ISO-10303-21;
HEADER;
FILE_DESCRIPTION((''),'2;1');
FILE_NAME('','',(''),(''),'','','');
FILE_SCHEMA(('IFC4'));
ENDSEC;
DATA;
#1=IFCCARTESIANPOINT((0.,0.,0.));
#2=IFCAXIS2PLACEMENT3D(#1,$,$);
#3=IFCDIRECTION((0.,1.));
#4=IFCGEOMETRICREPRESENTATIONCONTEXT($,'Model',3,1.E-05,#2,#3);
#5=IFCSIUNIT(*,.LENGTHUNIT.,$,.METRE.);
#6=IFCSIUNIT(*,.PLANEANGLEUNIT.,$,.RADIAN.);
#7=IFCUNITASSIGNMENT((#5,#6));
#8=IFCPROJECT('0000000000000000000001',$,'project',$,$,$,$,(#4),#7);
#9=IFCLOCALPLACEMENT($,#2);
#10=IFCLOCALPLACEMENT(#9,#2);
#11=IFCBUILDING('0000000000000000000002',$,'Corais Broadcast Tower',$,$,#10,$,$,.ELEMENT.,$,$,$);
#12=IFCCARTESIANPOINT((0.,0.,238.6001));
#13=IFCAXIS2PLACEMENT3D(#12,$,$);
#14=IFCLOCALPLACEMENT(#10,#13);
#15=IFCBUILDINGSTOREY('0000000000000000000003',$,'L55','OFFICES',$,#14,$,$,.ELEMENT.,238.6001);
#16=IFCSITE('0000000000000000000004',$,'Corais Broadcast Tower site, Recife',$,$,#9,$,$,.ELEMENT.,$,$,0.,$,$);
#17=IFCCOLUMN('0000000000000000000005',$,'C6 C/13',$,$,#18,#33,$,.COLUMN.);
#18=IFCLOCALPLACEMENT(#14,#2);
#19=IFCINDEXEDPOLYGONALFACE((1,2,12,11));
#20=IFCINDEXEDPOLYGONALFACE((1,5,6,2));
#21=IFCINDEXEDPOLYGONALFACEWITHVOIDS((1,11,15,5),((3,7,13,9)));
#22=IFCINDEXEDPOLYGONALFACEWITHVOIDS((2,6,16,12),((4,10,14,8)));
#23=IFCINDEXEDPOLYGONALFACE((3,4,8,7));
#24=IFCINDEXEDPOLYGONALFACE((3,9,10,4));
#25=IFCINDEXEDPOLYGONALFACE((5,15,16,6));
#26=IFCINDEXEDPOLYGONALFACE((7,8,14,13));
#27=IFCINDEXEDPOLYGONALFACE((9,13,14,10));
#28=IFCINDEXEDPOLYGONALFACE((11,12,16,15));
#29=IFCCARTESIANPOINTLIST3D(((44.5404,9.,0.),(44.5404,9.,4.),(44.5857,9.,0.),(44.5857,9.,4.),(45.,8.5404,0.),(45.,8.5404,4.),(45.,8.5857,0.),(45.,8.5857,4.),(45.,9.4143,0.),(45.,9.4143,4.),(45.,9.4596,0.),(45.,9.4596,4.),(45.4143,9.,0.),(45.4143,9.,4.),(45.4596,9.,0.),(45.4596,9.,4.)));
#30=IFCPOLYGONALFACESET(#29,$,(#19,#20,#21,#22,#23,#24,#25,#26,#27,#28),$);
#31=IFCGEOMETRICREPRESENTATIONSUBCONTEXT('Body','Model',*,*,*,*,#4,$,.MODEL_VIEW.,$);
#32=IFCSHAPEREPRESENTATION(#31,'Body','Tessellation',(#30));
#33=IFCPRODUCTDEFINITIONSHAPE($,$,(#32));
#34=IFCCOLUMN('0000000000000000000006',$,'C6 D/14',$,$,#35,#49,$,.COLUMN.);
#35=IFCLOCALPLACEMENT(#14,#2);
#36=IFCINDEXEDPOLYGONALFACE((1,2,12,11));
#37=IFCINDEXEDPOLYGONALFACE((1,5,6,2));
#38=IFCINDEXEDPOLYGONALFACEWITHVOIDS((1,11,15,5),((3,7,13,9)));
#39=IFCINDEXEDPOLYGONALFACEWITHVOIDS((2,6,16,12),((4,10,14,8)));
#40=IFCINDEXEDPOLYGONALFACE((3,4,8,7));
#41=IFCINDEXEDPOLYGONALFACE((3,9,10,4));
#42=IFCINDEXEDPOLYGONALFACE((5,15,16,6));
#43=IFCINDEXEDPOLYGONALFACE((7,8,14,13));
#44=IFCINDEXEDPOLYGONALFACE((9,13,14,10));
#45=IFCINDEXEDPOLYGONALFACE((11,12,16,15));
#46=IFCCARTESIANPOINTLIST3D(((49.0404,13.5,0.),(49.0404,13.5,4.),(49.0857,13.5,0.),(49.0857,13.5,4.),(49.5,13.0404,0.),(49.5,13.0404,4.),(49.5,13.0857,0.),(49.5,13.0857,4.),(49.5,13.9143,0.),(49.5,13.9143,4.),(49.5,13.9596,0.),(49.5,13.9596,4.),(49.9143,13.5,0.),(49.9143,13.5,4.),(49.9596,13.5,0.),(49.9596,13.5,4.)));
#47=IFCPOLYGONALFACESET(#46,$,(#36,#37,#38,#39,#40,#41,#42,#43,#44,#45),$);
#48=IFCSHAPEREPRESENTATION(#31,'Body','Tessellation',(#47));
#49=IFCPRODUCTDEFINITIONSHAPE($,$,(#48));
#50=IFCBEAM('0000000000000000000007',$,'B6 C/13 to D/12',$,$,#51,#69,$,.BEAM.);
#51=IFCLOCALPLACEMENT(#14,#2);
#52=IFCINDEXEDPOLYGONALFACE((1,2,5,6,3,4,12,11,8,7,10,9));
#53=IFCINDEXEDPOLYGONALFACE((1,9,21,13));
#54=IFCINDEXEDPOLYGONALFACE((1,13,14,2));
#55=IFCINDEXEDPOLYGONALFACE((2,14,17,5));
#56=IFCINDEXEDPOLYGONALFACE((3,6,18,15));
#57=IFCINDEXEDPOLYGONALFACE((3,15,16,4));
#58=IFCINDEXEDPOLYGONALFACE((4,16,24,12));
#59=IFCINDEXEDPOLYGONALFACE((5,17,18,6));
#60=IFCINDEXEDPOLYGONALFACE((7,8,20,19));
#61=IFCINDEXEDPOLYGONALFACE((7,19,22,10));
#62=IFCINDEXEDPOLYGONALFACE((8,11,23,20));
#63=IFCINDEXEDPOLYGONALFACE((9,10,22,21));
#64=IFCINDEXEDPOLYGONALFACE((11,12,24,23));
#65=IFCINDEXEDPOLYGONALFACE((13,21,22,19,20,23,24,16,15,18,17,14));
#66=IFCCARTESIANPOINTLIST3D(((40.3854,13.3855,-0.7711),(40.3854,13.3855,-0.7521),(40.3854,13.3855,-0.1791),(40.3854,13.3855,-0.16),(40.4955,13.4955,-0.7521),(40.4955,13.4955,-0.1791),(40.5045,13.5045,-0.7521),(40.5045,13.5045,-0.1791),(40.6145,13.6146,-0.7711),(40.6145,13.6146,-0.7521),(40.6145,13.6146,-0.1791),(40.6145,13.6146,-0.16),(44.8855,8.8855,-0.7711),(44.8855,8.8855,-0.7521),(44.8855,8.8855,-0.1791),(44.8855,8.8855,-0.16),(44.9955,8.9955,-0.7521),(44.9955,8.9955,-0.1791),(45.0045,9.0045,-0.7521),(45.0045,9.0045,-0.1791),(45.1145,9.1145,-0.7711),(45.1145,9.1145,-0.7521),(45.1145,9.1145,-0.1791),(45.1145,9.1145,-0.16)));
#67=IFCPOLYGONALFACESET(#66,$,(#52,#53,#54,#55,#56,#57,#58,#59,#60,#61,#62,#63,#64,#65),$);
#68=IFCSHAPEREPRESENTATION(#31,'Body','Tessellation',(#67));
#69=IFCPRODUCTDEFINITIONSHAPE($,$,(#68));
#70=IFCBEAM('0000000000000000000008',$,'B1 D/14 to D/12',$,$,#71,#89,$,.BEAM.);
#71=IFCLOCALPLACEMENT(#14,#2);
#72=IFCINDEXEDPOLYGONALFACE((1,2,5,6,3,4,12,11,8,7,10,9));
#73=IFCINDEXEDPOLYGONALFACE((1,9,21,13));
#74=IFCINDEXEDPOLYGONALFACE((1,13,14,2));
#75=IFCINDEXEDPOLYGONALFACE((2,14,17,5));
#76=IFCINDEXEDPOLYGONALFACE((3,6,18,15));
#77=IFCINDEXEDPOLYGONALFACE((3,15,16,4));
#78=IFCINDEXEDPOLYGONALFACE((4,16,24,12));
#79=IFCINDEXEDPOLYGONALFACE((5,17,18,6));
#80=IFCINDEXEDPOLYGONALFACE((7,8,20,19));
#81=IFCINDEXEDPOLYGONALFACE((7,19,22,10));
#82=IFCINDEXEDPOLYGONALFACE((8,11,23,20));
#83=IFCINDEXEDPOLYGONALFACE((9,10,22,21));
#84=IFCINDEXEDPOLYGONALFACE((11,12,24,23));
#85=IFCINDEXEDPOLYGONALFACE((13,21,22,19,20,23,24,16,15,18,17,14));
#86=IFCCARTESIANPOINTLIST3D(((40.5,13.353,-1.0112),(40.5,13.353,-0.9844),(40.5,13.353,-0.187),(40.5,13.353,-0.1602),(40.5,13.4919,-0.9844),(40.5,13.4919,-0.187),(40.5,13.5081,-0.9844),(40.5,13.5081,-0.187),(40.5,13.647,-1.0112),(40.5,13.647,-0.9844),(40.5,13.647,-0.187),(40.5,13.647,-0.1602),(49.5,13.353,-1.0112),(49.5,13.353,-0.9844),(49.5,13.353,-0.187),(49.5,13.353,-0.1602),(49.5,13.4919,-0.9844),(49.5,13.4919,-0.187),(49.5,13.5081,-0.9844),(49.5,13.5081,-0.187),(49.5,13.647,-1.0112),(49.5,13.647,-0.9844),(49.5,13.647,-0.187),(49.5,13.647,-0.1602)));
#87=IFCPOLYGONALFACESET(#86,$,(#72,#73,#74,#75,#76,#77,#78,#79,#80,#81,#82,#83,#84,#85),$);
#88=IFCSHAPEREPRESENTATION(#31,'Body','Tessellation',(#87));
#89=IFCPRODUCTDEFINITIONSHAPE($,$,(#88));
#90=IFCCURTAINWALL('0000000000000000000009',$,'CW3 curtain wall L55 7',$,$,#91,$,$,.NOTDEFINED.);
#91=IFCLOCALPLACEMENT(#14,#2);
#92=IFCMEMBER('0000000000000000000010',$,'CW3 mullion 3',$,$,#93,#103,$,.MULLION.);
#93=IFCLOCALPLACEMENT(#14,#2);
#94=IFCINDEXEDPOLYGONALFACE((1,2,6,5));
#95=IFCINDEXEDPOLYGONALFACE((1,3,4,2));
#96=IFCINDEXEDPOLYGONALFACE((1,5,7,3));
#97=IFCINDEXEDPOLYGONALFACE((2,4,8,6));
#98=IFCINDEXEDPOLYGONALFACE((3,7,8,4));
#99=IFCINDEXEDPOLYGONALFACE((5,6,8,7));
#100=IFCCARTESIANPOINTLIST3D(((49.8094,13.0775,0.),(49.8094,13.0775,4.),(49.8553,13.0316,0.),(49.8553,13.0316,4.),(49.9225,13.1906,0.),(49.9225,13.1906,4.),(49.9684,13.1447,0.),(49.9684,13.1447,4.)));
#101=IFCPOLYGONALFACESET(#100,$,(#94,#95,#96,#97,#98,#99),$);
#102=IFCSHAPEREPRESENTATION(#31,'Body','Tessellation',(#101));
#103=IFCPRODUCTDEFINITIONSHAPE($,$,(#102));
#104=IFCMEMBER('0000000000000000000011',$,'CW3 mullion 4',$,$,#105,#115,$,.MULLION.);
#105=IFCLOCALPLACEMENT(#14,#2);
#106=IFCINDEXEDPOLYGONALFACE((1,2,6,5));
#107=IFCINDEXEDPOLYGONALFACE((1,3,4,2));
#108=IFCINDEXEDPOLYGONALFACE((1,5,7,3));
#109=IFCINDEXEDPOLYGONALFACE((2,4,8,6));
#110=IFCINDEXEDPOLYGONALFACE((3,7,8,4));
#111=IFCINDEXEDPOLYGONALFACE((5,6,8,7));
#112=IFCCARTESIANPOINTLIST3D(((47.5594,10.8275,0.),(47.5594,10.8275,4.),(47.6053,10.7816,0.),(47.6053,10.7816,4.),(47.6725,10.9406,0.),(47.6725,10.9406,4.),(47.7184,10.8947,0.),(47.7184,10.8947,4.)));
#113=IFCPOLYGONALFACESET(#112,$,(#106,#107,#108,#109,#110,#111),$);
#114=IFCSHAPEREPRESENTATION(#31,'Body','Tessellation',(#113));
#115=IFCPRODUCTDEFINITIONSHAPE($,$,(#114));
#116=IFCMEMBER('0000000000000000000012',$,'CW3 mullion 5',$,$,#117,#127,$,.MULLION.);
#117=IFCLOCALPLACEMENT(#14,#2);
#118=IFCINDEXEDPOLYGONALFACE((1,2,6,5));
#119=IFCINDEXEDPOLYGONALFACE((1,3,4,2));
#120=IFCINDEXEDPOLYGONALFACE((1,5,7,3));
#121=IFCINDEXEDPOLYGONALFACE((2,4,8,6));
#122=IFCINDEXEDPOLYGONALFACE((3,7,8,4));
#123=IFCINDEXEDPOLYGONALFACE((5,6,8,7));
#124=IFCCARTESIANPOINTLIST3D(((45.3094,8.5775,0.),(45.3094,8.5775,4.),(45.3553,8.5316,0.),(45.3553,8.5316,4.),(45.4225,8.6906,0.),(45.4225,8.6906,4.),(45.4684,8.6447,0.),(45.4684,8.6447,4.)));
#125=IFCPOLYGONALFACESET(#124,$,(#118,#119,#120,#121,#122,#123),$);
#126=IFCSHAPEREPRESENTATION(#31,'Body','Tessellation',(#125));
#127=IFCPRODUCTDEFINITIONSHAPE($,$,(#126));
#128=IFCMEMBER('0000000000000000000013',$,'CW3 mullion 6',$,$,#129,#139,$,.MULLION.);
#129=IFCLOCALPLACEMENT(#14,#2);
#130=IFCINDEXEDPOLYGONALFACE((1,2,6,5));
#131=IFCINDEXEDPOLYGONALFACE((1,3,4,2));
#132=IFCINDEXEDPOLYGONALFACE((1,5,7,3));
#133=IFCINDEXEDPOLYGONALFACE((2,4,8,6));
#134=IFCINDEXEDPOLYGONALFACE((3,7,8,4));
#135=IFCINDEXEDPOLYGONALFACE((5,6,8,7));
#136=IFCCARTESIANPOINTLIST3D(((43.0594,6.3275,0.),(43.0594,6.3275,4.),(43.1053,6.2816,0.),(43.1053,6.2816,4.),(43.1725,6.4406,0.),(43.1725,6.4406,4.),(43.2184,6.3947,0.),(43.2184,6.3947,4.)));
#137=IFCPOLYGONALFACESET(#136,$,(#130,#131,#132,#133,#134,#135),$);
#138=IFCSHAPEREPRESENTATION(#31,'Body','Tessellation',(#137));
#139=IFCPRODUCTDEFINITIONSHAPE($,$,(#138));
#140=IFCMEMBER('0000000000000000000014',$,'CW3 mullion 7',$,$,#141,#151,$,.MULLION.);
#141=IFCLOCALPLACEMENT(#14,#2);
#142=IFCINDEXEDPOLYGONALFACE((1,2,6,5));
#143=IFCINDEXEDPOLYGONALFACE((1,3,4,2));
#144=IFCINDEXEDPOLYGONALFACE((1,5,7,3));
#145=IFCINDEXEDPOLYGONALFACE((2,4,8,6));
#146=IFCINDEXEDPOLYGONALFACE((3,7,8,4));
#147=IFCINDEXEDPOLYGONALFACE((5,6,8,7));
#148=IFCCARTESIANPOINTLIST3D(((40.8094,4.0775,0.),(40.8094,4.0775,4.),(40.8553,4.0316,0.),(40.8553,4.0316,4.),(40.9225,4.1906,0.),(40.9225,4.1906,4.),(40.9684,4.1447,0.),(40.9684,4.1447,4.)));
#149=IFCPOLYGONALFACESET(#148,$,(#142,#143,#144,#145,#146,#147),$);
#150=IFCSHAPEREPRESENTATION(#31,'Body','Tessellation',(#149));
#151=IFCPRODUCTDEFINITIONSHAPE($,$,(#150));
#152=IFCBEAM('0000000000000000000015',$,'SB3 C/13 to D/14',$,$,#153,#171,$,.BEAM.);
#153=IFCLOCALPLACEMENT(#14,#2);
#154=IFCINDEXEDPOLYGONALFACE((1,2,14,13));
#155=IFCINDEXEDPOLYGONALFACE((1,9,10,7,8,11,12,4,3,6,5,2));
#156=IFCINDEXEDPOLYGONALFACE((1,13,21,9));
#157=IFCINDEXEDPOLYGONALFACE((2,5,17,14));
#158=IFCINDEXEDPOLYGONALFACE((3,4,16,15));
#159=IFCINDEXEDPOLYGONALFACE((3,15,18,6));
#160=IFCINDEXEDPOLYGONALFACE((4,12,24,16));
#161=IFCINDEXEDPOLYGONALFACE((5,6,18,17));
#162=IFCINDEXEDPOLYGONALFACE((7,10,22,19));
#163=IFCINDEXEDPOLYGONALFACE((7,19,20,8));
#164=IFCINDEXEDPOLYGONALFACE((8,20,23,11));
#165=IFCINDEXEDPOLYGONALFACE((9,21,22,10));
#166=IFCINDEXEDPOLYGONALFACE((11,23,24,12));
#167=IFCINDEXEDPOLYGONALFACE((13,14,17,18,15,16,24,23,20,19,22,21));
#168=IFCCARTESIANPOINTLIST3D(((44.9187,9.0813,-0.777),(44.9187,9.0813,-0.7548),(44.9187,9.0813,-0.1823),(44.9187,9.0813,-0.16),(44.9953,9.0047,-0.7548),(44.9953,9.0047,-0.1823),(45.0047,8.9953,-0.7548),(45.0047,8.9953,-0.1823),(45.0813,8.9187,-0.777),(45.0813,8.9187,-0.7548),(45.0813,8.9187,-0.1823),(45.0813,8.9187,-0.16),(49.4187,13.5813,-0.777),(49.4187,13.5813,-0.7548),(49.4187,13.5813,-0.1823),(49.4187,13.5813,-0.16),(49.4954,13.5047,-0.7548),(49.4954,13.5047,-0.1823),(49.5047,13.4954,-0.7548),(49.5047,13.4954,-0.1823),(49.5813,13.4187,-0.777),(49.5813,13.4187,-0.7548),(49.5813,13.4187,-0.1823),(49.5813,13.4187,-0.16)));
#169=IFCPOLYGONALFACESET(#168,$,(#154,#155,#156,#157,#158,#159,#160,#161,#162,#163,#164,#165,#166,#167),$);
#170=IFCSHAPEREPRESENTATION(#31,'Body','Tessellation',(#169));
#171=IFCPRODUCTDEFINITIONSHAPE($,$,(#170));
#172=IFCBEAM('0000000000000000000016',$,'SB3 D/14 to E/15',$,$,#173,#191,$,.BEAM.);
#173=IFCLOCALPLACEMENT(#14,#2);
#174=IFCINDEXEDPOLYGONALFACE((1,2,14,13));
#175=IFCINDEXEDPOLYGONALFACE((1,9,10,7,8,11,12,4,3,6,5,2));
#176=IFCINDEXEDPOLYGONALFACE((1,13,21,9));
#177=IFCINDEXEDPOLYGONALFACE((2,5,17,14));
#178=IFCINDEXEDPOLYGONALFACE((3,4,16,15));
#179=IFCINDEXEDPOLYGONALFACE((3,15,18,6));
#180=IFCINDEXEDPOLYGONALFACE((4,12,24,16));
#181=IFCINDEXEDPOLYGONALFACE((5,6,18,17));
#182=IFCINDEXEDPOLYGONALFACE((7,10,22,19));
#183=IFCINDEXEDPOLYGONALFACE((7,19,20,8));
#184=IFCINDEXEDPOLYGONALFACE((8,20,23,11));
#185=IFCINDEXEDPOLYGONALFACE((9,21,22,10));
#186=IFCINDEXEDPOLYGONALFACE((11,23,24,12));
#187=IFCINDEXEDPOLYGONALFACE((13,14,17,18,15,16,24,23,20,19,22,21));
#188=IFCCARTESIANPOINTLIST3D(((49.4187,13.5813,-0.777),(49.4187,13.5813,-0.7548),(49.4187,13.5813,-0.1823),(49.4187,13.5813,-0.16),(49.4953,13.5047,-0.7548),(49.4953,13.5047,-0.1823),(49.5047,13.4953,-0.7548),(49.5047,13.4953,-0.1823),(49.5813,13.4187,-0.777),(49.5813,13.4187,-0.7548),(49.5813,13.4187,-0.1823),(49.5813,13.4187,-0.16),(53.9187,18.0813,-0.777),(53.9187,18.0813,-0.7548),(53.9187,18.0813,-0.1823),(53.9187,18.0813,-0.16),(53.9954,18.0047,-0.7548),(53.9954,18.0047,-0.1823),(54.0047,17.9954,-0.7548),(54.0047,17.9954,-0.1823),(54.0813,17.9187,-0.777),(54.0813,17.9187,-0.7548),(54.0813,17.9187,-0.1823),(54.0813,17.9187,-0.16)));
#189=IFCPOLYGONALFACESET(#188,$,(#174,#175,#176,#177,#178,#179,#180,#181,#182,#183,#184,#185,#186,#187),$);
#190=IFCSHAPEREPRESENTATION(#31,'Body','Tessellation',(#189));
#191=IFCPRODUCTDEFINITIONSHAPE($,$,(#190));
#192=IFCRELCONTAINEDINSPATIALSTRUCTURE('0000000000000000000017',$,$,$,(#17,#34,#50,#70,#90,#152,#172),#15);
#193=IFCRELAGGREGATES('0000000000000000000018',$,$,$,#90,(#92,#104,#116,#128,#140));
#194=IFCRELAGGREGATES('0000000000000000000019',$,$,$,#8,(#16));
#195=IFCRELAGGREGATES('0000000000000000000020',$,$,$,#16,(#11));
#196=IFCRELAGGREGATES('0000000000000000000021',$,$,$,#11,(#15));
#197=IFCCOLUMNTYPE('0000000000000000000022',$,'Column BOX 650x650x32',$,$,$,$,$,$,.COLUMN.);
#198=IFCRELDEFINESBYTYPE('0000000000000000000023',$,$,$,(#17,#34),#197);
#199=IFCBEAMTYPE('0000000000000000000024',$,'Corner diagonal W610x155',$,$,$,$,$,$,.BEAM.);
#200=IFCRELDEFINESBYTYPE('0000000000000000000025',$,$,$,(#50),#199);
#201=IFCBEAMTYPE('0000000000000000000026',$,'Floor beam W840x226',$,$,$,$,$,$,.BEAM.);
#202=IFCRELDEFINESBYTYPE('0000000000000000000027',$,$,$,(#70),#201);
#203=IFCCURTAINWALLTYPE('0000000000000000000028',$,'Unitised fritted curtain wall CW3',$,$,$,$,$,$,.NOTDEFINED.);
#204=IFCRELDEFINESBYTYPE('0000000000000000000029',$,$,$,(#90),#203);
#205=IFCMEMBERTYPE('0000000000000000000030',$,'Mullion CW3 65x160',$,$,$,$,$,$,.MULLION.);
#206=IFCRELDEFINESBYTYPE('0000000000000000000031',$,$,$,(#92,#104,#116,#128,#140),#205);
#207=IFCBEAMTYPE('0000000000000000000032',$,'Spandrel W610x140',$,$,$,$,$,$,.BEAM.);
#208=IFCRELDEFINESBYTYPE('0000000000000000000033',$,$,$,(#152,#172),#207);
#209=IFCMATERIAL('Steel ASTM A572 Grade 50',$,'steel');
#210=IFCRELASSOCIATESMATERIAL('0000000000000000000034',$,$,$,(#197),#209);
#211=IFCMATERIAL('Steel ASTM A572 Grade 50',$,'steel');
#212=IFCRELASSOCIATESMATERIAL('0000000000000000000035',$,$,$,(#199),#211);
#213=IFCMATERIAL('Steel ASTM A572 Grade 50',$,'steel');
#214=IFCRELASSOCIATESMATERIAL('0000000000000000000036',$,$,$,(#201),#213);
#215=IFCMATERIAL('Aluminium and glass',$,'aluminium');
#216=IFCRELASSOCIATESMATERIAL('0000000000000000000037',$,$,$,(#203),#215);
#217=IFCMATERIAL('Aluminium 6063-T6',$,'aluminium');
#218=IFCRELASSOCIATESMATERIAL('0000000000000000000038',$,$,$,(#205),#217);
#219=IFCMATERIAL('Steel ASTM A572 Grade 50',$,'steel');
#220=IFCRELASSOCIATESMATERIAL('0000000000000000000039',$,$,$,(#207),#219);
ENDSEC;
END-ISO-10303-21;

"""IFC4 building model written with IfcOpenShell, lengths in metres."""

from ifc_helpers import new_model, si_unit, direction, frame, origin, origin_2d, place, context, subcontext, project, spatial, rectangle, hollow_rectangle, i_section, extrude, material, material_profile, profile_set, type_object, element, aggregate, save


model = new_model("IFC4")

# Units and contexts
model_context = context("Model", 3, precision=1e-05, world=origin(), true_north=direction((0.0, 1.0)))
body_context = subcontext(model_context, "Body", "Model", "MODEL_VIEW")
ifc_project = project(units=[si_unit("LENGTHUNIT", "METRE"), si_unit("PLANEANGLEUNIT", "RADIAN")], contexts=[model_context])

# Site, building, storey
site_placement = place(None, origin())
site = spatial("IfcSite", under=ifc_project, at=site_placement, Name="Corais Broadcast Tower site, Recife", CompositionType="ELEMENT", RefElevation=0.0)
building_placement = place(site_placement, origin())
building = spatial("IfcBuilding", under=site, at=building_placement, Name="Corais Broadcast Tower", CompositionType="ELEMENT")
storey_placement = place(building_placement, frame((0.0, 0.0, 238.6001)))
storey = spatial("IfcBuildingStorey", under=building, at=storey_placement, Name="L55", Description="OFFICES", CompositionType="ELEMENT", Elevation=238.6001)

# Columns
ifc_material_1 = material(Name="Steel ASTM A572 Grade 50", Category="steel")
ifc_material_profile_1 = material_profile(ifc_material_1, hollow_rectangle(XDim=0.6499, YDim=0.6499, WallThickness=0.032, at=origin_2d()), Name="BOX 650x650x32")
ifc_profile_set_1 = profile_set([ifc_material_profile_1], Name="Steel ASTM A572 Grade 50")
column_type = type_object("IfcColumnType", Name="Column BOX 650x650x32", PredefinedType="COLUMN", material=ifc_profile_set_1)
for number, where, z_axis, x_axis, name in (
    (1, (45.0, 9.0, 0.0), (0.0, 0.0, 1.0), (0.707107, 0.707107, 0.0), "C6 C/13"),
    (2, (49.5, 13.5, 0.0), (0.0, 0.0, 1.0), (0.707107, 0.707107, 0.0), "C6 D/14"),
):
    element("IfcColumn", number, at=place(storey_placement, frame(where, z_axis=z_axis, x_axis=x_axis)), inside=storey, type_object=column_type, Name=name, PredefinedType="COLUMN", context=body_context, shape_type="SweptSolid", body=[
        extrude(hollow_rectangle(XDim=0.6499, YDim=0.6499, WallThickness=0.032, at=origin_2d()), origin(), (0.0, 0.0, 1.0), 4.0),
    ])

# Beams
ifc_material_2 = material(Name="Steel ASTM A572 Grade 50", Category="steel")
ifc_material_profile_2 = material_profile(ifc_material_2, i_section(OverallWidth=0.324, OverallDepth=0.6111, WebThickness=0.0127, FlangeThickness=0.019, at=origin_2d()), Name="W610x155")
ifc_profile_set_2 = profile_set([ifc_material_profile_2], Name="Steel ASTM A572 Grade 50")
beam_type_1 = type_object("IfcBeamType", Name="Corner diagonal W610x155", PredefinedType="BEAM", material=ifc_profile_set_2)
beam_1_placement = place(storey_placement, frame((45.0, 9.0, -0.4656), z_axis=(-0.707107, 0.707107, 0.0), x_axis=(-0.707107, -0.707107, 0.0)))
element("IfcBeam", 3, at=beam_1_placement, inside=storey, type_object=beam_type_1, Name="B6 C/13 to D/12", PredefinedType="BEAM", context=body_context, shape_type="SweptSolid", body=[
    extrude(i_section(OverallWidth=0.324, OverallDepth=0.6111, WebThickness=0.0127, FlangeThickness=0.019, at=origin_2d()), origin(), (0.0, 0.0, 1.0), 6.364),
])
ifc_material_3 = material(Name="Steel ASTM A572 Grade 50", Category="steel")
ifc_material_profile_3 = material_profile(ifc_material_3, i_section(OverallWidth=0.2939, OverallDepth=0.8511, WebThickness=0.0161, FlangeThickness=0.0269, at=origin_2d()), Name="W840x226")
ifc_profile_set_3 = profile_set([ifc_material_profile_3], Name="Steel ASTM A572 Grade 50")
beam_type_2 = type_object("IfcBeamType", Name="Floor beam W840x226", PredefinedType="BEAM", material=ifc_profile_set_3)
beam_2_placement = place(storey_placement, frame((49.5, 13.5, -0.5857), z_axis=(-1.0, 0.0, 0.0), x_axis=(0.0, -1.0, 0.0)))
element("IfcBeam", 4, at=beam_2_placement, inside=storey, type_object=beam_type_2, Name="B1 D/14 to D/12", PredefinedType="BEAM", context=body_context, shape_type="SweptSolid", body=[
    extrude(i_section(OverallWidth=0.2939, OverallDepth=0.8511, WebThickness=0.0161, FlangeThickness=0.0269, at=origin_2d()), origin(), (0.0, 0.0, 1.0), 9.0),
])

# Curtain wall, members
ifc_material_4 = material(Name="Aluminium and glass", Category="aluminium")
curtain_wall_type = type_object("IfcCurtainWallType", Name="Unitised fritted curtain wall CW3", PredefinedType="NOTDEFINED", material=ifc_material_4)
curtain_wall_placement = place(storey_placement, origin())
curtain_wall = element("IfcCurtainWall", 5, at=curtain_wall_placement, inside=storey, type_object=curtain_wall_type, Name="CW3 curtain wall L55 7", PredefinedType="NOTDEFINED")
ifc_material_5 = material(Name="Aluminium 6063-T6", Category="aluminium")
ifc_material_profile_4 = material_profile(ifc_material_5, rectangle(XDim=0.0649, YDim=0.1599, at=origin_2d()), Name="Mullion CW3 65x160")
ifc_profile_set_4 = profile_set([ifc_material_profile_4], Name="Aluminium 6063-T6")
member_type_1 = type_object("IfcMemberType", Name="Mullion CW3 65x160", PredefinedType="MULLION", material=ifc_profile_set_4)
member_1_placement = place(storey_placement, frame((49.8889, 13.1111, 0.0), z_axis=(0.0, 0.0, 1.0), x_axis=(0.707107, -0.707107, 0.0)))
member_1 = element("IfcMember", 6, at=member_1_placement, type_object=member_type_1, Name="CW3 mullion 3", PredefinedType="MULLION", context=body_context, shape_type="SweptSolid", body=[
    extrude(rectangle(XDim=0.0649, YDim=0.1599, at=origin_2d()), origin(), (0.0, 0.0, 1.0), 4.0),
])
member_2_placement = place(storey_placement, frame((47.6389, 10.8611, 0.0), z_axis=(0.0, 0.0, 1.0), x_axis=(0.707107, -0.707107, 0.0)))
member_2 = element("IfcMember", 7, at=member_2_placement, type_object=member_type_1, Name="CW3 mullion 4", PredefinedType="MULLION", context=body_context, shape_type="SweptSolid", body=[
    extrude(rectangle(XDim=0.0649, YDim=0.1599, at=origin_2d()), origin(), (0.0, 0.0, 1.0), 4.0),
])
member_3_placement = place(storey_placement, frame((45.3889, 8.6111, 0.0), z_axis=(0.0, 0.0, 1.0), x_axis=(0.707107, -0.707107, 0.0)))
member_3 = element("IfcMember", 8, at=member_3_placement, type_object=member_type_1, Name="CW3 mullion 5", PredefinedType="MULLION", context=body_context, shape_type="SweptSolid", body=[
    extrude(rectangle(XDim=0.0649, YDim=0.1599, at=origin_2d()), origin(), (0.0, 0.0, 1.0), 4.0),
])
member_4_placement = place(storey_placement, frame((43.1389, 6.3611, 0.0), z_axis=(0.0, 0.0, 1.0), x_axis=(0.707107, -0.707107, 0.0)))
member_4 = element("IfcMember", 9, at=member_4_placement, type_object=member_type_1, Name="CW3 mullion 6", PredefinedType="MULLION", context=body_context, shape_type="SweptSolid", body=[
    extrude(rectangle(XDim=0.0649, YDim=0.1599, at=origin_2d()), origin(), (0.0, 0.0, 1.0), 4.0),
])
member_5_placement = place(storey_placement, frame((40.8889, 4.1111, 0.0), z_axis=(0.0, 0.0, 1.0), x_axis=(0.707107, -0.707107, 0.0)))
member_5 = element("IfcMember", 10, at=member_5_placement, type_object=member_type_1, Name="CW3 mullion 7", PredefinedType="MULLION", context=body_context, shape_type="SweptSolid", body=[
    extrude(rectangle(XDim=0.0649, YDim=0.1599, at=origin_2d()), origin(), (0.0, 0.0, 1.0), 4.0),
])

# Beams
ifc_material_6 = material(Name="Steel ASTM A572 Grade 50", Category="steel")
ifc_material_profile_5 = material_profile(ifc_material_6, i_section(OverallWidth=0.23, OverallDepth=0.6169, WebThickness=0.0132, FlangeThickness=0.0222, at=origin_2d()), Name="W610x140")
ifc_profile_set_5 = profile_set([ifc_material_profile_5], Name="Steel ASTM A572 Grade 50")
beam_type_3 = type_object("IfcBeamType", Name="Spandrel W610x140", PredefinedType="BEAM", material=ifc_profile_set_5)
for number, where, z_axis, x_axis, name in (
    (11, (45.0, 9.0, -0.4685), (0.707107, 0.707107, 0.0), (-0.707107, 0.707107, 0.0), "SB3 C/13 to D/14"),
    (12, (49.5, 13.5, -0.4685), (0.707107, 0.707107, 0.0), (-0.707107, 0.707107, 0.0), "SB3 D/14 to E/15"),
):
    element("IfcBeam", number, at=place(storey_placement, frame(where, z_axis=z_axis, x_axis=x_axis)), inside=storey, type_object=beam_type_3, Name=name, PredefinedType="BEAM", context=body_context, shape_type="SweptSolid", body=[
        extrude(i_section(OverallWidth=0.23, OverallDepth=0.6169, WebThickness=0.0132, FlangeThickness=0.0222, at=origin_2d()), origin(), (0.0, 0.0, 1.0), 6.364),
    ])

aggregate(curtain_wall, [member_1, member_2, member_3, member_4, member_5])

save(model, "model.ifc")
